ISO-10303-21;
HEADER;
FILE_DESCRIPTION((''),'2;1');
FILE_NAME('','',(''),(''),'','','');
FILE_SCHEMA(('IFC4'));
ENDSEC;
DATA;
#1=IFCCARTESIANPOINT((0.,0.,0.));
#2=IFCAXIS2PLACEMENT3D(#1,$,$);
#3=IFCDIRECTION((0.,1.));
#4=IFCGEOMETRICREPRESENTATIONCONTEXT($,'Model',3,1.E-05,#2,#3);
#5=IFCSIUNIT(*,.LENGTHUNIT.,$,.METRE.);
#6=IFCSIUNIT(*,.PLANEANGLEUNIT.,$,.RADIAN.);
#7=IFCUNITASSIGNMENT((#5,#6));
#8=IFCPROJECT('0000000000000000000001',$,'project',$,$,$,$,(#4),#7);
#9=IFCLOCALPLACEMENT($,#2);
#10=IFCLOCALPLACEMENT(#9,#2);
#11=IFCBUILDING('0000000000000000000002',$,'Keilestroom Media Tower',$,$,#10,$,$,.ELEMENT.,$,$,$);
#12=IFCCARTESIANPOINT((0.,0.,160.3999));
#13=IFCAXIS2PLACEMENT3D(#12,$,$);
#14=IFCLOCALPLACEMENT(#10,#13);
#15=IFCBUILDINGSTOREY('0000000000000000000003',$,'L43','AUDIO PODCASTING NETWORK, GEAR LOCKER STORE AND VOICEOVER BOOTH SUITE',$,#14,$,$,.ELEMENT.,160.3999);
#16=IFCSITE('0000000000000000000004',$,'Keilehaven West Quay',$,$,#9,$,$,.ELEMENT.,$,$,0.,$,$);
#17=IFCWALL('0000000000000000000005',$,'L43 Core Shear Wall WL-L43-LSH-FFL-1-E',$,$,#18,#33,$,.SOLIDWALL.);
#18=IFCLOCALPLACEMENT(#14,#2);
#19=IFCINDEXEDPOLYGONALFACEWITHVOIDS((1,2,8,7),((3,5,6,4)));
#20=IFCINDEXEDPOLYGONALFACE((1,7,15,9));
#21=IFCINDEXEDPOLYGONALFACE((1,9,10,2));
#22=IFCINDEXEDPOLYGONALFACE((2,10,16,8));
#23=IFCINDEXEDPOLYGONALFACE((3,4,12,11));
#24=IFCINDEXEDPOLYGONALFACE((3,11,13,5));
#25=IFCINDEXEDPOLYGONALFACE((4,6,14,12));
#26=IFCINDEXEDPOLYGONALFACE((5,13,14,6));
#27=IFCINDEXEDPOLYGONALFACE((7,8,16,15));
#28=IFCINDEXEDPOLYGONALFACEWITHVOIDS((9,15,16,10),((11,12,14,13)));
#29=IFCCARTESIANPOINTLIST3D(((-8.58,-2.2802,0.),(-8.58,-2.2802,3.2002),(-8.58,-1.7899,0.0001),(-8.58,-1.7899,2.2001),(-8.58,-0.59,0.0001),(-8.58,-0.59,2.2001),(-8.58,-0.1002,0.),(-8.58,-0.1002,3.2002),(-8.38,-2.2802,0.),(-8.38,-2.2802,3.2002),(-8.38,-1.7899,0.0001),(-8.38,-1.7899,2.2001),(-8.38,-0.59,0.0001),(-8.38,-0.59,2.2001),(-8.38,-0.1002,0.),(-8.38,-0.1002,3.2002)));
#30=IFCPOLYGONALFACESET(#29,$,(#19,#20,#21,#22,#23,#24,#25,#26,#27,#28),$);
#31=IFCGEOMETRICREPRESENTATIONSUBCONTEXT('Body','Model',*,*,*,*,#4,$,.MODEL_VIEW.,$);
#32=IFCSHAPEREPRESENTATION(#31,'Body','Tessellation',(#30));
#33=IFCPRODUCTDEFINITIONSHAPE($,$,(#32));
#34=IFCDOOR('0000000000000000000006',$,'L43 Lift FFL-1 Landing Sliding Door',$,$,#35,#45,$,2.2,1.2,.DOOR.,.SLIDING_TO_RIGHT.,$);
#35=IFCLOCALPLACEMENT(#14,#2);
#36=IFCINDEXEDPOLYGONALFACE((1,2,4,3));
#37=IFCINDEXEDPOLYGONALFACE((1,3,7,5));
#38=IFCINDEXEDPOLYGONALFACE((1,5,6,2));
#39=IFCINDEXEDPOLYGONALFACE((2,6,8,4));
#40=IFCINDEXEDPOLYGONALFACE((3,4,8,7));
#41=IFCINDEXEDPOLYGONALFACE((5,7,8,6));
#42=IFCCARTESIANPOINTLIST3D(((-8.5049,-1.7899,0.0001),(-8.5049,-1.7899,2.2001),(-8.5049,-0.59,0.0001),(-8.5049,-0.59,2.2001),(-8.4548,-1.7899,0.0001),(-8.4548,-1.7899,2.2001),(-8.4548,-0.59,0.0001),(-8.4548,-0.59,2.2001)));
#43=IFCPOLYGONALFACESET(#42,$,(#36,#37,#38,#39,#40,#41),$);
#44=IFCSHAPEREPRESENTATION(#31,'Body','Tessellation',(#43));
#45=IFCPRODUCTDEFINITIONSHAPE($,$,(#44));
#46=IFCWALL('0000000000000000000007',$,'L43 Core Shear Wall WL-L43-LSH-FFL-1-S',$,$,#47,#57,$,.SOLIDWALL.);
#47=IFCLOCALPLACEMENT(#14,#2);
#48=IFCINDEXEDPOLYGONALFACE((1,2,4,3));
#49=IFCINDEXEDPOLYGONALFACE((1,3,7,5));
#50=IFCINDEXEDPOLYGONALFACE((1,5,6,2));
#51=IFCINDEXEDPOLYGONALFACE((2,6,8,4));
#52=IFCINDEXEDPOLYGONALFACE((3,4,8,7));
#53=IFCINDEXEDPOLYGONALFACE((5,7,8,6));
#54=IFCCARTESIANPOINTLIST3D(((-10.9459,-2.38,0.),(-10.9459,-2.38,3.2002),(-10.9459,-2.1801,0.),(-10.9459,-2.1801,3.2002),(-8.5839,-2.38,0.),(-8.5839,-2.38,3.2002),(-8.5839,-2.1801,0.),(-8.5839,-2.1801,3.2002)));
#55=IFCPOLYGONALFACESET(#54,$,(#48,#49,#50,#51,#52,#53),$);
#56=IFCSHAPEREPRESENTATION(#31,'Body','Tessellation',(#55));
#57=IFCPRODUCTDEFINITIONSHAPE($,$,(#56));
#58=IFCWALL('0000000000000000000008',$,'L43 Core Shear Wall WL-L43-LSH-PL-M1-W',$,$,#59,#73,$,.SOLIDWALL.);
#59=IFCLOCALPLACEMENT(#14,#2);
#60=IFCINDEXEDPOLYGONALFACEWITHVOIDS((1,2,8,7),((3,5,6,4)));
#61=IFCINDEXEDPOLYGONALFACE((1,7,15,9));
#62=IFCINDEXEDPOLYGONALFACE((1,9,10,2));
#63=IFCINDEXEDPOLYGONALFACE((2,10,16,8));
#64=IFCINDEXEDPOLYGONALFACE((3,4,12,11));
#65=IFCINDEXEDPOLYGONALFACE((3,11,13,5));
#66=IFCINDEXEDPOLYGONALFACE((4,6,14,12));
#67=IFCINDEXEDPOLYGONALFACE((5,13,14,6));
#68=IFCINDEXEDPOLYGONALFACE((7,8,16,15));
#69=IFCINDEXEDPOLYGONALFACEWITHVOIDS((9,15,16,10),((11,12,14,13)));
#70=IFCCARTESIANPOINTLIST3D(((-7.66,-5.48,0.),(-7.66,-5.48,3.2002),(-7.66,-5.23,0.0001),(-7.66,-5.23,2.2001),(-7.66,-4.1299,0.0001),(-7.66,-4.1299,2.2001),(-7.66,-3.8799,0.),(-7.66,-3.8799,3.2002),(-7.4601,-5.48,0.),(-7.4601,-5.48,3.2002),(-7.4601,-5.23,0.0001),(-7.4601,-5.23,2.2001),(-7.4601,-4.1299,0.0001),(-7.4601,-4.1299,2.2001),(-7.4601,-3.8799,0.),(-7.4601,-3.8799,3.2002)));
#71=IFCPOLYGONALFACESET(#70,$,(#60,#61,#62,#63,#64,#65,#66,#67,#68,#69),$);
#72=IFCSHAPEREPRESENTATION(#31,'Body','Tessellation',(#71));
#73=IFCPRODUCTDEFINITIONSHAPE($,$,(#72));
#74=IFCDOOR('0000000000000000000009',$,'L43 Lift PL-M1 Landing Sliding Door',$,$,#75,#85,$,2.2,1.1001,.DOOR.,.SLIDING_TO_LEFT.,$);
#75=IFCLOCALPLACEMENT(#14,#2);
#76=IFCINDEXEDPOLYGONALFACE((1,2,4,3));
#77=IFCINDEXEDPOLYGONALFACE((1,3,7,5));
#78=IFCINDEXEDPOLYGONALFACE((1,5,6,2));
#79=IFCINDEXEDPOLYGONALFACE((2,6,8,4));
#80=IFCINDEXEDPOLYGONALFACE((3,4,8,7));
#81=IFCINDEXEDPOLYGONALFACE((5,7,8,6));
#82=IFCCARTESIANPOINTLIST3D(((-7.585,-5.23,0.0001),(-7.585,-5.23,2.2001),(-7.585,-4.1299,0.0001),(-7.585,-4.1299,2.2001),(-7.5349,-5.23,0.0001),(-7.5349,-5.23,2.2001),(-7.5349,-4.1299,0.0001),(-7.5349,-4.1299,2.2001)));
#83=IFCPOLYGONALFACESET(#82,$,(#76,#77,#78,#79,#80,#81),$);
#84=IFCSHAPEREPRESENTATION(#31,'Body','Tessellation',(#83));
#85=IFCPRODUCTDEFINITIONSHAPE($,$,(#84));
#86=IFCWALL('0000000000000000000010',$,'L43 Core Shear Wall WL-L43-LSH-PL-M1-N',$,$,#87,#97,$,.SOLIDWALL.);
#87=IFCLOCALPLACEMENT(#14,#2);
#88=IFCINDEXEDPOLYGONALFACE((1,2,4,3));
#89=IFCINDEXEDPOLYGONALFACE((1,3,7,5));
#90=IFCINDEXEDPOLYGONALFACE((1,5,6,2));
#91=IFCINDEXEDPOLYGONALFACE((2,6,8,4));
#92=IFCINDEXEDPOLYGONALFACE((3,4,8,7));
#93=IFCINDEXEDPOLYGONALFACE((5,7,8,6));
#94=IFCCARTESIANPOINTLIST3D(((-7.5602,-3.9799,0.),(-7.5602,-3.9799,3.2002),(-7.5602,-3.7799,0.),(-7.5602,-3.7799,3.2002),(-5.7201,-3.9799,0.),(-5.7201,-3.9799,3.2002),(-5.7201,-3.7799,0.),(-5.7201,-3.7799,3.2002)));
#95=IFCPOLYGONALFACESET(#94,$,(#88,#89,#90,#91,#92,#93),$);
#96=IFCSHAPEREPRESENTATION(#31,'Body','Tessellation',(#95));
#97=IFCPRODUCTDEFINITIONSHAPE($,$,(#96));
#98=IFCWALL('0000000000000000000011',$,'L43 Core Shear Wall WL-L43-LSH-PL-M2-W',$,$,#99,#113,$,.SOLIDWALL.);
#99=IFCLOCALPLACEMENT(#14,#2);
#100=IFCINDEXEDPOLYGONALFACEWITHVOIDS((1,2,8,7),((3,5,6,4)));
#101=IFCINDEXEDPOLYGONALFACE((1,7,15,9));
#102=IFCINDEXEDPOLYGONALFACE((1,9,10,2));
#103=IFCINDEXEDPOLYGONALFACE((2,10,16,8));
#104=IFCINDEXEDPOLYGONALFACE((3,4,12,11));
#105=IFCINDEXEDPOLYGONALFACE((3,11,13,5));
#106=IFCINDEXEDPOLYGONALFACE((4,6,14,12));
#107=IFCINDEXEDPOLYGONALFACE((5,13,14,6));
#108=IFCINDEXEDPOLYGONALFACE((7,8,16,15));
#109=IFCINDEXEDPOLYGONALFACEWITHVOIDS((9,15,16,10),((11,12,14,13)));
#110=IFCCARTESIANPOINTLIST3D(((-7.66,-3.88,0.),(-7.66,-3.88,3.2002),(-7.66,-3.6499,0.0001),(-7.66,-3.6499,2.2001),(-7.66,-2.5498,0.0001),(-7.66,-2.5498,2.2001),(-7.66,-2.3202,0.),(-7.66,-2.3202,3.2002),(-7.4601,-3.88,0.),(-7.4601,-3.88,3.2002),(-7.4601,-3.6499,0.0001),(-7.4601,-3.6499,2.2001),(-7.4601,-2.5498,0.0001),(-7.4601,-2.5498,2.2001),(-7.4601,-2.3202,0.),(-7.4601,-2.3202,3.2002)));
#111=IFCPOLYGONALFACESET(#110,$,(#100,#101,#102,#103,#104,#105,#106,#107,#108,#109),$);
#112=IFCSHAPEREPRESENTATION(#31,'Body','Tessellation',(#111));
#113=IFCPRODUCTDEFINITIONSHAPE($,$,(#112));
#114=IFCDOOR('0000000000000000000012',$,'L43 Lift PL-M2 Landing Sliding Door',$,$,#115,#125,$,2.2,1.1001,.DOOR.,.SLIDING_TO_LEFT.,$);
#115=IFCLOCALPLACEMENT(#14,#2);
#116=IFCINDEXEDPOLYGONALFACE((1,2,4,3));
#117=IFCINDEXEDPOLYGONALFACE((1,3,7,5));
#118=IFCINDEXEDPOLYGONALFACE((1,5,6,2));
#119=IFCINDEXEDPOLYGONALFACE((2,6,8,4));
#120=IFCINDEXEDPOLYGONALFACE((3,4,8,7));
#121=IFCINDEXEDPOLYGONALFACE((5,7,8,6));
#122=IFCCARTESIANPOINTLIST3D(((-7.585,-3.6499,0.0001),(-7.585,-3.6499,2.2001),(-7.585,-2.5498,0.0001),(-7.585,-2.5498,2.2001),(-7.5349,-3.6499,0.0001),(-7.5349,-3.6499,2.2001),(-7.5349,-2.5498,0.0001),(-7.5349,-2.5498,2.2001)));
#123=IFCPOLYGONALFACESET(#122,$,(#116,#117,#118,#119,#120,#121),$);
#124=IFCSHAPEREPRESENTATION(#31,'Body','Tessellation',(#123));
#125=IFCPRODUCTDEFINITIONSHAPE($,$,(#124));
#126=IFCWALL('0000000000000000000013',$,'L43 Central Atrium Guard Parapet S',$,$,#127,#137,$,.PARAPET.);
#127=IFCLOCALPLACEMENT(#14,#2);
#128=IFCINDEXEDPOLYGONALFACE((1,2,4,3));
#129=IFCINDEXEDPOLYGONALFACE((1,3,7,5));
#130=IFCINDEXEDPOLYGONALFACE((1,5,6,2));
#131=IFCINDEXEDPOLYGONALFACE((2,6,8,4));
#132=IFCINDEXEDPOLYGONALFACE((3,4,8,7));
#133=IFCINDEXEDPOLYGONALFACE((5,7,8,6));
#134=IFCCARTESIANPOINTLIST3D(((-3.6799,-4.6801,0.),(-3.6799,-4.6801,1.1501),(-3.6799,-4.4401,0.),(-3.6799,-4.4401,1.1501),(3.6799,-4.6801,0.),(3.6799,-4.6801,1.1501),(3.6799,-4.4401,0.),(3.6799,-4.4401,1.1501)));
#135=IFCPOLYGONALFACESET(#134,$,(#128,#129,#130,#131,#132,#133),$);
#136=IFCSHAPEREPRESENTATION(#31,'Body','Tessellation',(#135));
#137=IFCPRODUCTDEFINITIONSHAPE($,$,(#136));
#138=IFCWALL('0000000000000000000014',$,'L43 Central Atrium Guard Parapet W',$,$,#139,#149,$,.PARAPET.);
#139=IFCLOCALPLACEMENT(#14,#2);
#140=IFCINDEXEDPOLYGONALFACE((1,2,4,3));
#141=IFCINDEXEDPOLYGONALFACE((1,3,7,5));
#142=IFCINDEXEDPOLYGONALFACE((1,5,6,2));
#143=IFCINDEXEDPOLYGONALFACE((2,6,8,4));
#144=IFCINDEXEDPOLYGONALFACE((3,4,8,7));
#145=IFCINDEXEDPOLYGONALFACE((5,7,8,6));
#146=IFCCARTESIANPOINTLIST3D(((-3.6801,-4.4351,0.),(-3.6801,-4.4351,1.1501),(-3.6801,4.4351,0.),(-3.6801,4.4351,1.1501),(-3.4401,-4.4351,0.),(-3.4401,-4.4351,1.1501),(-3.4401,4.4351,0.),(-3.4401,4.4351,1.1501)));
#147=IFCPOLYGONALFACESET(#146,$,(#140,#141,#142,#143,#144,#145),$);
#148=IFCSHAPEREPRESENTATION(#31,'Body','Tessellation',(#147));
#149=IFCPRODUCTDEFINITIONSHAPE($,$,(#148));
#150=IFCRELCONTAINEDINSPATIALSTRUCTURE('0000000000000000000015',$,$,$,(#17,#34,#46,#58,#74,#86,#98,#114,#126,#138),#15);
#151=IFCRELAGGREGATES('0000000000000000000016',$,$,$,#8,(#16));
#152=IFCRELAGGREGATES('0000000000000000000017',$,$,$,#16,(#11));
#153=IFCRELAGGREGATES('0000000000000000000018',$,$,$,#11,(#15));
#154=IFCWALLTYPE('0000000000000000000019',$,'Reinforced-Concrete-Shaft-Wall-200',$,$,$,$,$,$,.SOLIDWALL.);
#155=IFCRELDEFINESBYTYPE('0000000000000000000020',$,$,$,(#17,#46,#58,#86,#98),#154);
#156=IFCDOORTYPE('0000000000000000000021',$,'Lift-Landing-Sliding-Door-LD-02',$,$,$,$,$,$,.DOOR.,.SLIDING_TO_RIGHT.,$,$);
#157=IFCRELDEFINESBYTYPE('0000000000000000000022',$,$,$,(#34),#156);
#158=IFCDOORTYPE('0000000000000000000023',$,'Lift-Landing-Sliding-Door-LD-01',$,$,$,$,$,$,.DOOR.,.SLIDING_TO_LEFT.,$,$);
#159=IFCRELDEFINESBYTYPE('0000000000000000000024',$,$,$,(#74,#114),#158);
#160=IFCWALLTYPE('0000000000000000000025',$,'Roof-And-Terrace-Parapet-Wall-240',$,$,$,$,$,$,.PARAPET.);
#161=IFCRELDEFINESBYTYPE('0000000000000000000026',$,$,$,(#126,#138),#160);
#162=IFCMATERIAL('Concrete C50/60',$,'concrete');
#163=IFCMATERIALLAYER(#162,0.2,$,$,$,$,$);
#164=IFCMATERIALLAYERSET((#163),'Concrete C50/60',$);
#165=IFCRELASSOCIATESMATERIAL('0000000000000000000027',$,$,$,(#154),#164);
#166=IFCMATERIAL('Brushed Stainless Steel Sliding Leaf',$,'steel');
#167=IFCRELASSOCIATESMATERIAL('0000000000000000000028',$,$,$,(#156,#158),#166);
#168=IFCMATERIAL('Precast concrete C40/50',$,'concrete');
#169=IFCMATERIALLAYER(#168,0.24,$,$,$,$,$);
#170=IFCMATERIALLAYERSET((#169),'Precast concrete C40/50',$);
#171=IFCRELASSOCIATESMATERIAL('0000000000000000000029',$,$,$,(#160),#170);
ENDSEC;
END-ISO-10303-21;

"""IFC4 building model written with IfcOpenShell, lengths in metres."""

from ifc_helpers import new_model, si_unit, direction, frame, frame_2d, origin, place, context, subcontext, project, spatial, rectangle, extrude, source, transform, mapped, material, layer, layer_set, type_object, element, fill, save


model = new_model("IFC4")

# Units and contexts
model_context = context("Model", 3, precision=1e-05, world=origin(), true_north=direction((0.0, 1.0)))
body_context = subcontext(model_context, "Body", "Model", "MODEL_VIEW")
ifc_project = project(units=[si_unit("LENGTHUNIT", "METRE"), si_unit("PLANEANGLEUNIT", "RADIAN")], contexts=[model_context])

# Site, building, storey
site_placement = place(None, origin())
site = spatial("IfcSite", under=ifc_project, at=site_placement, Name="Keilehaven West Quay", CompositionType="ELEMENT", RefElevation=0.0)
building_placement = place(site_placement, origin())
building = spatial("IfcBuilding", under=site, at=building_placement, Name="Keilestroom Media Tower", CompositionType="ELEMENT")
storey_placement = place(building_placement, frame((0.0, 0.0, 160.3999)))
storey = spatial("IfcBuildingStorey", under=building, at=storey_placement, Name="L43", Description="AUDIO PODCASTING NETWORK, GEAR LOCKER STORE AND VOICEOVER BOOTH SUITE", CompositionType="ELEMENT", Elevation=160.3999)

# Shared definitions
ifc_material_1 = material(Name="Precast concrete C40/50", Category="concrete")

# Shared definitions
shared_shape_1 = source(origin(), body_context, "Body", "SweptSolid", [
    extrude(rectangle(XDim=1.2, YDim=2.2, at=frame_2d((0.6001, 1.1001))), frame((0.0, 0.0249, 0.0), z_axis=(0.0, -1.0, 0.0), x_axis=(1.0, 0.0, 0.0)), (0.0, 0.0, 1.0), 0.05),
])

# Shared definitions
ifc_material_2 = material(Name="Concrete C50/60", Category="concrete")
ifc_layer_1 = layer(ifc_material_2, 0.2)
ifc_layer_set_1 = layer_set([ifc_layer_1], Name="Concrete C50/60")
wall_type_1 = type_object("IfcWallType", Name="Reinforced-Concrete-Shaft-Wall-200", PredefinedType="SOLIDWALL", material=ifc_layer_set_1)

# Wall, opening, door
wall_1_placement = place(storey_placement, frame((-8.48, -2.28, 0.0), z_axis=(0.0, 0.0, 1.0), x_axis=(0.0, 1.0, 0.0)))
wall_1 = element("IfcWall", 1, at=wall_1_placement, inside=storey, type_object=wall_type_1, Name="L43 Core Shear Wall WL-L43-LSH-FFL-1-E", PredefinedType="SOLIDWALL", context=body_context, shape_type="SweptSolid", body=[
    extrude(rectangle(XDim=2.1799, YDim=0.2, at=frame_2d((1.0898, 0.0))), origin(), (0.0, 0.0, 1.0), 3.2002),
])
opening_1_placement = place(wall_1_placement, frame((0.49, 0.0, 0.0)))
opening_1 = element("IfcOpeningElement", 2, at=opening_1_placement, cuts=wall_1, PredefinedType="OPENING", context=body_context, shape_type="SweptSolid", body=[
    extrude(rectangle(XDim=1.2, YDim=2.2, at=frame_2d((0.6001, 1.1001))), frame((0.0, 0.1099, 0.0), z_axis=(0.0, -1.0, 0.0), x_axis=(1.0, 0.0, 0.0)), (0.0, 0.0, 1.0), 0.22),
])
ifc_material_3 = material(Name="Brushed Stainless Steel Sliding Leaf", Category="steel")
door_type_1 = type_object("IfcDoorType", Name="Lift-Landing-Sliding-Door-LD-02", OperationType="SLIDING_TO_RIGHT", PredefinedType="DOOR", material=ifc_material_3)
door_1_placement = place(opening_1_placement, origin())
door_1 = element("IfcDoor", 3, at=door_1_placement, inside=storey, type_object=door_type_1, Name="L43 Lift FFL-1 Landing Sliding Door", OperationType="SLIDING_TO_RIGHT", OverallHeight=2.2, OverallWidth=1.2, PredefinedType="DOOR", context=body_context, shape_type="MappedRepresentation", body=[
    mapped(shared_shape_1, transform((0.0, 0.0, 0.0), x_axis=(1.0, 0.0, 0.0), y_axis=(0.0, 1.0, 0.0), z_axis=(0.0, 0.0, 1.0), scale=1.0)),
])
fill(opening_1, door_1)

# Wall
wall_2_placement = place(storey_placement, frame((-10.946, -2.28, 0.0), z_axis=(0.0, 0.0, 1.0), x_axis=(1.0, 0.0, 0.0)))
element("IfcWall", 4, at=wall_2_placement, inside=storey, type_object=wall_type_1, Name="L43 Core Shear Wall WL-L43-LSH-FFL-1-S", PredefinedType="SOLIDWALL", context=body_context, shape_type="SweptSolid", body=[
    extrude(rectangle(XDim=2.3621, YDim=0.2, at=frame_2d((1.1812, 0.0))), origin(), (0.0, 0.0, 1.0), 3.2002),
])

# Wall, opening, door
wall_3_placement = place(storey_placement, frame((-7.5601, -5.48, 0.0), z_axis=(0.0, 0.0, 1.0), x_axis=(0.0, 1.0, 0.0)))
wall_3 = element("IfcWall", 5, at=wall_3_placement, inside=storey, type_object=wall_type_1, Name="L43 Core Shear Wall WL-L43-LSH-PL-M1-W", PredefinedType="SOLIDWALL", context=body_context, shape_type="SweptSolid", body=[
    extrude(rectangle(XDim=1.6001, YDim=0.2, at=frame_2d((0.8, 0.0))), origin(), (0.0, 0.0, 1.0), 3.2002),
])
opening_2_placement = place(wall_3_placement, frame((0.25, 0.0, 0.0)))
opening_2 = element("IfcOpeningElement", 6, at=opening_2_placement, cuts=wall_3, PredefinedType="OPENING", context=body_context, shape_type="SweptSolid", body=[
    extrude(rectangle(XDim=1.1001, YDim=2.2, at=frame_2d((0.55, 1.1001))), frame((0.0, 0.1099, 0.0), z_axis=(0.0, -1.0, 0.0), x_axis=(1.0, 0.0, 0.0)), (0.0, 0.0, 1.0), 0.22),
])
door_type_2 = type_object("IfcDoorType", Name="Lift-Landing-Sliding-Door-LD-01", OperationType="SLIDING_TO_LEFT", PredefinedType="DOOR", material=ifc_material_3)
shared_shape_2 = source(origin(), body_context, "Body", "SweptSolid", [
    extrude(rectangle(XDim=1.1001, YDim=2.2, at=frame_2d((0.55, 1.1001))), frame((0.0, 0.0249, 0.0), z_axis=(0.0, -1.0, 0.0), x_axis=(1.0, 0.0, 0.0)), (0.0, 0.0, 1.0), 0.05),
])
door_2_placement = place(opening_2_placement, origin())
door_2 = element("IfcDoor", 7, at=door_2_placement, inside=storey, type_object=door_type_2, Name="L43 Lift PL-M1 Landing Sliding Door", OperationType="SLIDING_TO_LEFT", OverallHeight=2.2, OverallWidth=1.1001, PredefinedType="DOOR", context=body_context, shape_type="MappedRepresentation", body=[
    mapped(shared_shape_2, transform((0.0, 0.0, 0.0), x_axis=(1.0, 0.0, 0.0), y_axis=(0.0, 1.0, 0.0), z_axis=(0.0, 0.0, 1.0), scale=1.0)),
])
fill(opening_2, door_2)

# Wall
wall_4_placement = place(storey_placement, frame((-7.5601, -3.8799, 0.0), z_axis=(0.0, 0.0, 1.0), x_axis=(1.0, 0.0, 0.0)))
element("IfcWall", 8, at=wall_4_placement, inside=storey, type_object=wall_type_1, Name="L43 Core Shear Wall WL-L43-LSH-PL-M1-N", PredefinedType="SOLIDWALL", context=body_context, shape_type="SweptSolid", body=[
    extrude(rectangle(XDim=1.8401, YDim=0.2, at=frame_2d((0.9199, 0.0))), origin(), (0.0, 0.0, 1.0), 3.2002),
])

# Wall, opening, door
wall_5_placement = place(storey_placement, frame((-7.5601, -3.8799, 0.0), z_axis=(0.0, 0.0, 1.0), x_axis=(0.0, 1.0, 0.0)))
wall_5 = element("IfcWall", 9, at=wall_5_placement, inside=storey, type_object=wall_type_1, Name="L43 Core Shear Wall WL-L43-LSH-PL-M2-W", PredefinedType="SOLIDWALL", context=body_context, shape_type="SweptSolid", body=[
    extrude(rectangle(XDim=1.5598, YDim=0.2, at=frame_2d((0.7798, 0.0))), origin(), (0.0, 0.0, 1.0), 3.2002),
])
opening_3_placement = place(wall_5_placement, frame((0.23, 0.0, 0.0)))
opening_3 = element("IfcOpeningElement", 10, at=opening_3_placement, cuts=wall_5, PredefinedType="OPENING", context=body_context, shape_type="SweptSolid", body=[
    extrude(rectangle(XDim=1.1001, YDim=2.2, at=frame_2d((0.55, 1.1001))), frame((0.0, 0.1099, 0.0), z_axis=(0.0, -1.0, 0.0), x_axis=(1.0, 0.0, 0.0)), (0.0, 0.0, 1.0), 0.22),
])
door_3_placement = place(opening_3_placement, origin())
door_3 = element("IfcDoor", 11, at=door_3_placement, inside=storey, type_object=door_type_2, Name="L43 Lift PL-M2 Landing Sliding Door", OperationType="SLIDING_TO_LEFT", OverallHeight=2.2, OverallWidth=1.1001, PredefinedType="DOOR", context=body_context, shape_type="MappedRepresentation", body=[
    mapped(shared_shape_2, transform((0.0, 0.0, 0.0), x_axis=(1.0, 0.0, 0.0), y_axis=(0.0, 1.0, 0.0), z_axis=(0.0, 0.0, 1.0), scale=1.0)),
])
fill(opening_3, door_3)

# Walls
ifc_layer_2 = layer(ifc_material_1, 0.24)
ifc_layer_set_2 = layer_set([ifc_layer_2], Name="Precast concrete C40/50")
wall_type_2 = type_object("IfcWallType", Name="Roof-And-Terrace-Parapet-Wall-240", PredefinedType="PARAPET", material=ifc_layer_set_2)
wall_6_placement = place(storey_placement, frame((-3.6799, -4.5601, 0.0), z_axis=(0.0, 0.0, 1.0), x_axis=(1.0, 0.0, 0.0)))
element("IfcWall", 12, at=wall_6_placement, inside=storey, type_object=wall_type_2, Name="L43 Central Atrium Guard Parapet S", PredefinedType="PARAPET", context=body_context, shape_type="SweptSolid", body=[
    extrude(rectangle(XDim=7.3599, YDim=0.24, at=frame_2d((3.6799, 0.0))), origin(), (0.0, 0.0, 1.0), 1.1501),
])
wall_7_placement = place(storey_placement, frame((-3.5601, -4.4351, 0.0), z_axis=(0.0, 0.0, 1.0), x_axis=(0.0, 1.0, 0.0)))
element("IfcWall", 13, at=wall_7_placement, inside=storey, type_object=wall_type_2, Name="L43 Central Atrium Guard Parapet W", PredefinedType="PARAPET", context=body_context, shape_type="SweptSolid", body=[
    extrude(rectangle(XDim=8.8701, YDim=0.24, at=frame_2d((4.4351, 0.0))), origin(), (0.0, 0.0, 1.0), 1.1501),
])

save(model, "model.ifc")
